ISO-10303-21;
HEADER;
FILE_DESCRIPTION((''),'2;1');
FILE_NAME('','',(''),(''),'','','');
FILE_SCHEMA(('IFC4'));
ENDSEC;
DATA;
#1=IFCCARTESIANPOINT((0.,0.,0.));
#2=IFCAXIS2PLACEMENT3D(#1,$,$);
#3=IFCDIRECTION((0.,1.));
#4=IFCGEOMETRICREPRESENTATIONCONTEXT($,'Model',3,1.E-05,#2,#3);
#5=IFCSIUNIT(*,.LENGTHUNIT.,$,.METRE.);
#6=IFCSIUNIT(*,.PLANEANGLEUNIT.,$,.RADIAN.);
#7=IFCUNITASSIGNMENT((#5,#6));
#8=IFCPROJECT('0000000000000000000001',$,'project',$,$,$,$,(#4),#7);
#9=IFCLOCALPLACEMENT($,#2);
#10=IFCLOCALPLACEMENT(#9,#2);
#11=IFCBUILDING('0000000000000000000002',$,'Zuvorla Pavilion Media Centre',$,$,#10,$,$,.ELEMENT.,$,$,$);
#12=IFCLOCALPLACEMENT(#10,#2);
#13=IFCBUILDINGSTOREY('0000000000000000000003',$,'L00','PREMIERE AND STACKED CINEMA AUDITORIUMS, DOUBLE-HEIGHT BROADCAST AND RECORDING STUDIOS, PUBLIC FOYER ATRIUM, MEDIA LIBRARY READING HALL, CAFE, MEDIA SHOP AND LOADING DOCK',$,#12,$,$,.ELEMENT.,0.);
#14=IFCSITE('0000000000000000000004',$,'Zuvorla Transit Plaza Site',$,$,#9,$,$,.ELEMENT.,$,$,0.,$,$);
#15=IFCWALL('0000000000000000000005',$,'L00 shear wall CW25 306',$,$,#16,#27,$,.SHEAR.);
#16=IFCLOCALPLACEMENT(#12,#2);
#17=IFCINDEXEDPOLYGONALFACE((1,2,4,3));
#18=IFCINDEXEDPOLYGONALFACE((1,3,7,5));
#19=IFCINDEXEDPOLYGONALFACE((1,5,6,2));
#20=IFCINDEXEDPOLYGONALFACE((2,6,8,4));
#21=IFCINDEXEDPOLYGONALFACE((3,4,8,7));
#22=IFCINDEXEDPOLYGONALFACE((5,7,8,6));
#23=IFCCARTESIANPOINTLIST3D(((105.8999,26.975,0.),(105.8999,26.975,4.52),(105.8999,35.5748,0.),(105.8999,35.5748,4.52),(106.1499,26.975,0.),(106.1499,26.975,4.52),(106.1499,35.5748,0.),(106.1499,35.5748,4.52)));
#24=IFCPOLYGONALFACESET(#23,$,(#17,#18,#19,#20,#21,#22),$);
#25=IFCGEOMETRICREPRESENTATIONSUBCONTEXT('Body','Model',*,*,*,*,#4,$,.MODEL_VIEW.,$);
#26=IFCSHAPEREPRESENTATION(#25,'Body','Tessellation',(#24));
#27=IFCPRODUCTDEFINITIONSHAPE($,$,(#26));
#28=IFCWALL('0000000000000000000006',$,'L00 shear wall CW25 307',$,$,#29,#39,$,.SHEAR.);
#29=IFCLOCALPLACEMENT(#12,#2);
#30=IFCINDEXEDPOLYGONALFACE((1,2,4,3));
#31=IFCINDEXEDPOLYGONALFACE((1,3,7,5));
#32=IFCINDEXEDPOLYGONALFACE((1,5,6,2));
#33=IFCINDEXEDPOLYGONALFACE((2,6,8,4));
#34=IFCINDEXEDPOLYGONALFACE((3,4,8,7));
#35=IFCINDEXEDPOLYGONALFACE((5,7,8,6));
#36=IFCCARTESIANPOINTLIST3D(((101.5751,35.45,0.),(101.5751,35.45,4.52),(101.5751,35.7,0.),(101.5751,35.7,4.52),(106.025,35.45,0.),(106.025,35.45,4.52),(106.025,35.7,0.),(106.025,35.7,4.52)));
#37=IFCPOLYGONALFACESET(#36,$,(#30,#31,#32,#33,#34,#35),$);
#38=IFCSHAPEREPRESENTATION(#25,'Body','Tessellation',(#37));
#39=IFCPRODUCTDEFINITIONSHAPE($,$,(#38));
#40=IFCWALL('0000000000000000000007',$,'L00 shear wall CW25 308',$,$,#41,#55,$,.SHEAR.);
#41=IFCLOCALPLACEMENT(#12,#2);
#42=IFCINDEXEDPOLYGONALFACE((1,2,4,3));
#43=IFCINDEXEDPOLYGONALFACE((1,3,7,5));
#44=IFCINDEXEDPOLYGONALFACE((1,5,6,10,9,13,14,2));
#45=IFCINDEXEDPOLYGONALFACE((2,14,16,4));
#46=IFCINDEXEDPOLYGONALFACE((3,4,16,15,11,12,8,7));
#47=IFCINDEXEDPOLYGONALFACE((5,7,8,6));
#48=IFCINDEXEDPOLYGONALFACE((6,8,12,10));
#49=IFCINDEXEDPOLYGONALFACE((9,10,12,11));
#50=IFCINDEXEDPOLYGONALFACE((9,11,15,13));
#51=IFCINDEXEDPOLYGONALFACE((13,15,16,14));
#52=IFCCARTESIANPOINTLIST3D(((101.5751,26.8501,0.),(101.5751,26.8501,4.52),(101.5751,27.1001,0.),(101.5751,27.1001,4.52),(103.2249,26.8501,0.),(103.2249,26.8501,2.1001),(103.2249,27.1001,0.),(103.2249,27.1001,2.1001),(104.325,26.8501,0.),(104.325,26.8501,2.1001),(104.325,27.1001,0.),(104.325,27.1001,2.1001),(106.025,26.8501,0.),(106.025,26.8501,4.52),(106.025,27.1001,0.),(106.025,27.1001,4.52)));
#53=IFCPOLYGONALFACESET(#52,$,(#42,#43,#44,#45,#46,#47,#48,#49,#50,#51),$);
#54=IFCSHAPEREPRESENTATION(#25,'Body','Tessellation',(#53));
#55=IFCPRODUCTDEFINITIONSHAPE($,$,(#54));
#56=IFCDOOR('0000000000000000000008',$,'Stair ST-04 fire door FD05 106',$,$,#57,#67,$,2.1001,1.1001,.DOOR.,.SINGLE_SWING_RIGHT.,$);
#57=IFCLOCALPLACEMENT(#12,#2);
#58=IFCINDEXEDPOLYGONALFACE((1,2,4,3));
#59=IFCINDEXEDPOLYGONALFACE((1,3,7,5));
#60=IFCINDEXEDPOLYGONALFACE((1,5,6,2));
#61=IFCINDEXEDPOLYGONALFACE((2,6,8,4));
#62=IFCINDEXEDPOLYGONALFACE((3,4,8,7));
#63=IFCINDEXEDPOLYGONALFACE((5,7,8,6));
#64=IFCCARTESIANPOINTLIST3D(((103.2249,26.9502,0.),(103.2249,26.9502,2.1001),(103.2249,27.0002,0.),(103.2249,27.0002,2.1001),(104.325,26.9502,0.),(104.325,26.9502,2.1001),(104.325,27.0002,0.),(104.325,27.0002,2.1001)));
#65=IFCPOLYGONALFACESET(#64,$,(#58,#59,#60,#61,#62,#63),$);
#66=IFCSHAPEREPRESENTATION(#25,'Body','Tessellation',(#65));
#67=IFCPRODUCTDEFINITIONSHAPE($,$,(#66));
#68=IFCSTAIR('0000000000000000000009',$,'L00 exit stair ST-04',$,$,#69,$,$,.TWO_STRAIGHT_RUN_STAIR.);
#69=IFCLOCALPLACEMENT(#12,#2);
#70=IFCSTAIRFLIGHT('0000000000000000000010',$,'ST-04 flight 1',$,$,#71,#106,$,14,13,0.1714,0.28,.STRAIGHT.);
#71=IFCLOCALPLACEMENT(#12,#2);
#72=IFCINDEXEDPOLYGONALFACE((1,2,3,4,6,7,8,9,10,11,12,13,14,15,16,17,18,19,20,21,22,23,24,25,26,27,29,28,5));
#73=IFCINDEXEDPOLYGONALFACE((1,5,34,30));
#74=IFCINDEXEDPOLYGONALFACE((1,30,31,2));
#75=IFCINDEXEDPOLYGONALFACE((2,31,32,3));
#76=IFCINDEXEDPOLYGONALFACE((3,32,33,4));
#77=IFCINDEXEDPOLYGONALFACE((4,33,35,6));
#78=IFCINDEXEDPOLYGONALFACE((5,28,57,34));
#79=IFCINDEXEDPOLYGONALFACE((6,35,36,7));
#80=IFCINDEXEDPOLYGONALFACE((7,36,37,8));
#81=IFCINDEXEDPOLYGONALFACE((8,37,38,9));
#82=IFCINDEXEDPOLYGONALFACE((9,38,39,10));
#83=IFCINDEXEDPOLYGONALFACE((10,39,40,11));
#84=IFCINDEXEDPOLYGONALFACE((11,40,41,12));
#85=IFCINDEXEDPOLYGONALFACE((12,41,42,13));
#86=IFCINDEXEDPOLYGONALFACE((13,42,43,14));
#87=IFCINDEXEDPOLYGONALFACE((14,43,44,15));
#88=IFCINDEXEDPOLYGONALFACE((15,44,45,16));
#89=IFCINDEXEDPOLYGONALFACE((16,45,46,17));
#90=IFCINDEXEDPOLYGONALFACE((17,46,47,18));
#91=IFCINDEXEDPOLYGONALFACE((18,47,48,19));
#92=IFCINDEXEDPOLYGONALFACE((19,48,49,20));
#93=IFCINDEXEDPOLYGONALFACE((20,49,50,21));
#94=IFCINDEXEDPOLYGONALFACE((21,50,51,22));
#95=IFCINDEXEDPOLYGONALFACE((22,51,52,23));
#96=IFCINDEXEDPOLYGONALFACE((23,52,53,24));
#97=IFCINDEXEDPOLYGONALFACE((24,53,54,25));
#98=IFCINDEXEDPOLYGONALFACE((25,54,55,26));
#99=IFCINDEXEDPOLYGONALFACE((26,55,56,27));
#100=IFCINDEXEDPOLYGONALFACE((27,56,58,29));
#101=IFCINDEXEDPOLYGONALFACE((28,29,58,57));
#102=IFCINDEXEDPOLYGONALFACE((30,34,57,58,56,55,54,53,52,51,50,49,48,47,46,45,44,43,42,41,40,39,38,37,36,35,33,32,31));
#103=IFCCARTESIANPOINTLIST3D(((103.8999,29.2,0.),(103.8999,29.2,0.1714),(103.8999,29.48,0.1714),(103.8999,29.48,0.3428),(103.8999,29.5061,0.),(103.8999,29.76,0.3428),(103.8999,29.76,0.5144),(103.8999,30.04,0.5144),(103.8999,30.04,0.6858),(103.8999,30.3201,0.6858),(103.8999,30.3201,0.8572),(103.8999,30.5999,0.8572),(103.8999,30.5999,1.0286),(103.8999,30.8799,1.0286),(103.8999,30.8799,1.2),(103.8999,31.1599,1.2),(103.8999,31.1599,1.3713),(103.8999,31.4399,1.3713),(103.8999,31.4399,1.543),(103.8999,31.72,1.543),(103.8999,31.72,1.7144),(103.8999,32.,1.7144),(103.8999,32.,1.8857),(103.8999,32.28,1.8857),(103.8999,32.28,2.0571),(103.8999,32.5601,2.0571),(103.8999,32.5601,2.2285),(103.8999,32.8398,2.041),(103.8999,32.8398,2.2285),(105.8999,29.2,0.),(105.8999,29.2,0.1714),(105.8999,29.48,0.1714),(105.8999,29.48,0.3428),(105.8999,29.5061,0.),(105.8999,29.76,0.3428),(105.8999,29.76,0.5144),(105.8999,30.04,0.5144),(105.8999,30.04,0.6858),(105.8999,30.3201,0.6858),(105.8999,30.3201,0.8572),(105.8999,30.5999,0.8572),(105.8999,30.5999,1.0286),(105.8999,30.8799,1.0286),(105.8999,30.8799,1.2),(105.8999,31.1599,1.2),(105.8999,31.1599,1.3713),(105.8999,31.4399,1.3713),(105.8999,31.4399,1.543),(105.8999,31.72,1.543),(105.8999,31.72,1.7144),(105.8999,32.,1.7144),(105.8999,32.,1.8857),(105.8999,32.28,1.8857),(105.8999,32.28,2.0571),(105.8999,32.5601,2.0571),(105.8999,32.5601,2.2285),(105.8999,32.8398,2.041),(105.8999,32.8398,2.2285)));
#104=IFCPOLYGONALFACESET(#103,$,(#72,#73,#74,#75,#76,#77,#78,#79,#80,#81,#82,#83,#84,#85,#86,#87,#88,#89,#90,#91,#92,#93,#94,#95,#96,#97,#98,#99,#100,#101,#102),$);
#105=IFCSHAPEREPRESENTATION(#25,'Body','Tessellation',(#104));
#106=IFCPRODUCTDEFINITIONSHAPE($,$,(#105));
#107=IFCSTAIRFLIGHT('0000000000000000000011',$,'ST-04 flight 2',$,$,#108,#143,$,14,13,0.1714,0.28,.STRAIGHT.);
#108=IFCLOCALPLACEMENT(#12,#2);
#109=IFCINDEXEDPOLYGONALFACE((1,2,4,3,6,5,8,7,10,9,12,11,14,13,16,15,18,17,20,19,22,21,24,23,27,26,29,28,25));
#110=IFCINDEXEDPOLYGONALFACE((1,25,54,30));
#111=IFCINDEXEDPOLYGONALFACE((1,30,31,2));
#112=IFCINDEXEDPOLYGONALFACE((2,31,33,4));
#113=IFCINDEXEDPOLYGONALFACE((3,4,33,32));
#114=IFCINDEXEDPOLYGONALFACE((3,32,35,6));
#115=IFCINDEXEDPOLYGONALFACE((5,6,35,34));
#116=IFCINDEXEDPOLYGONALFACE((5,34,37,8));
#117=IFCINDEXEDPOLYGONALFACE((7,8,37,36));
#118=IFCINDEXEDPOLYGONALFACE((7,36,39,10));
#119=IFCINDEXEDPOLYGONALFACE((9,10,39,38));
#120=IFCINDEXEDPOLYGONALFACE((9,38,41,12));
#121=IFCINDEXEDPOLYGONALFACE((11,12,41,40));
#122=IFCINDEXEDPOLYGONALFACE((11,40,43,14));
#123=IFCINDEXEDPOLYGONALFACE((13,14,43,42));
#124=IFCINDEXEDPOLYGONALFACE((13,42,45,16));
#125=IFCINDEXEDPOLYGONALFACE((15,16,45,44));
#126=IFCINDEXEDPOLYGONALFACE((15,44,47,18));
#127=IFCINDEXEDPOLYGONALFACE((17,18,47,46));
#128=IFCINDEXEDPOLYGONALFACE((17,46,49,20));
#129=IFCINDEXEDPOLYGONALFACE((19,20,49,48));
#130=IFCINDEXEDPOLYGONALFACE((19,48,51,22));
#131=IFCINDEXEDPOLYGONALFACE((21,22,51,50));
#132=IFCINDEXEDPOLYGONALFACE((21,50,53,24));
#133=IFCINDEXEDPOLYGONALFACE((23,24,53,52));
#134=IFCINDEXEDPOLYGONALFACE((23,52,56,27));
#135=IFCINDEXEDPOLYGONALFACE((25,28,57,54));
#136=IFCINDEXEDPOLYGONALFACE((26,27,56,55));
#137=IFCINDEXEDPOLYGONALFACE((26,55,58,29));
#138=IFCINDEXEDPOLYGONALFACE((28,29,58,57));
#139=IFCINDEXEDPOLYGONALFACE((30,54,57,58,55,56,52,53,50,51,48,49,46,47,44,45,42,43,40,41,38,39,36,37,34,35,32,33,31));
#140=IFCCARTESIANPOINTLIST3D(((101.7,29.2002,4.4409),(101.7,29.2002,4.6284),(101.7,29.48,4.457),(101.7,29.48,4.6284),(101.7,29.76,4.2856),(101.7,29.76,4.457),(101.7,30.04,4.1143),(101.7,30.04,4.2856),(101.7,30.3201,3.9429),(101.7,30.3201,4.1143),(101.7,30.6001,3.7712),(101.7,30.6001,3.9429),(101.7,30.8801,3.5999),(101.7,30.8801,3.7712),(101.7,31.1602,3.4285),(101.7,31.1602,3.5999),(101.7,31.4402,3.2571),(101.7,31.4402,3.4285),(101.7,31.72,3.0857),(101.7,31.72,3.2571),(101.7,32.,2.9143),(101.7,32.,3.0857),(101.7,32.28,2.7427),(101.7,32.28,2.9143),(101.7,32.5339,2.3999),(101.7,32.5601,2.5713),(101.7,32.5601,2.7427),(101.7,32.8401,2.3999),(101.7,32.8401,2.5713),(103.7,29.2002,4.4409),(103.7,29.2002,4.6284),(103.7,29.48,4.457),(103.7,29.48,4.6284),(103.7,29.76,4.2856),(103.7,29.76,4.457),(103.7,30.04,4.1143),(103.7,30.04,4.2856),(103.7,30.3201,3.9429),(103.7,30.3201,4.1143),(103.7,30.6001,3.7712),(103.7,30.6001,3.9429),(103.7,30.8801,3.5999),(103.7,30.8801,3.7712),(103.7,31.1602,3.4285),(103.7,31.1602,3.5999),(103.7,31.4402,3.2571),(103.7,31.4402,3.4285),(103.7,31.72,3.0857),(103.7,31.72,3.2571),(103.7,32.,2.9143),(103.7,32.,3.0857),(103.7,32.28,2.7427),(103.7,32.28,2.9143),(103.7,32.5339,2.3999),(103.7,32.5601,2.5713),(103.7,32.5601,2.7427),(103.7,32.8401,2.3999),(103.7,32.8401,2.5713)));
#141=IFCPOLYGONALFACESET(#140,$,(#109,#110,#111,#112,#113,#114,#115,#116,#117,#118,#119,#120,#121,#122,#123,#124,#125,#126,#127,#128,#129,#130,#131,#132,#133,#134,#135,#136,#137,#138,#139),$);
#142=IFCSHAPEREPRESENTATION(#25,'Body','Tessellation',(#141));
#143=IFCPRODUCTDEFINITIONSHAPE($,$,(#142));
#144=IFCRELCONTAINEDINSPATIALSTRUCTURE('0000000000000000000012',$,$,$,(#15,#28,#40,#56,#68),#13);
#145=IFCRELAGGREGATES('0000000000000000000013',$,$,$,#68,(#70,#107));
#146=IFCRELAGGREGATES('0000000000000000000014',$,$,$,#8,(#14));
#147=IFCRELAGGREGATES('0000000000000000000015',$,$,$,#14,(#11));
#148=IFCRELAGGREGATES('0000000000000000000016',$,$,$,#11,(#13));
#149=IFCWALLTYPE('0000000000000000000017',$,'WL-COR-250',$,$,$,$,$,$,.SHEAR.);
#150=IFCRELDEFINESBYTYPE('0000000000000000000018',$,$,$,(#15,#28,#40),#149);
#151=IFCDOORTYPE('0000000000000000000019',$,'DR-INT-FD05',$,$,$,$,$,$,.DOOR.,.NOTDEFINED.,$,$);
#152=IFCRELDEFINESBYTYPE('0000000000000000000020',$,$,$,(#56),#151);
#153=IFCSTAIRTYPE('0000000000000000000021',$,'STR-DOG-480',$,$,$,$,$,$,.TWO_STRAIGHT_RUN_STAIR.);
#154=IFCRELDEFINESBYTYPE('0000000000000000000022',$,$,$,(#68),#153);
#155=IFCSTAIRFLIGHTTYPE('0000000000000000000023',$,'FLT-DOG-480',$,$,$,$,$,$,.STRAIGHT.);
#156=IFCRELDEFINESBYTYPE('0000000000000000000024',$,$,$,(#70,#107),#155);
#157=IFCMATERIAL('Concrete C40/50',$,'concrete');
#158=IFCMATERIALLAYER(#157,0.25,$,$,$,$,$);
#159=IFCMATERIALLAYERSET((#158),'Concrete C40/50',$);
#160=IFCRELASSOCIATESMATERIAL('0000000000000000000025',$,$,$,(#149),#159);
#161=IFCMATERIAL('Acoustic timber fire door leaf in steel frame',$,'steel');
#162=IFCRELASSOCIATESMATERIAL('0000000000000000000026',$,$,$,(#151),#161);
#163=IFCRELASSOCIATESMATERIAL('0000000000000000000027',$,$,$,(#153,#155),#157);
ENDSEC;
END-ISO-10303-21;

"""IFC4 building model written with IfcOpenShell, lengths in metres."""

from ifc_helpers import new_model, si_unit, direction, frame, frame_2d, origin, place, context, subcontext, project, spatial, polyline, rectangle, outline, extrude, material, layer, layer_set, type_object, element, fill, aggregate, save


model = new_model("IFC4")

# Units and contexts
model_context = context("Model", 3, precision=1e-05, world=origin(), true_north=direction((0.0, 1.0)))
body_context = subcontext(model_context, "Body", "Model", "MODEL_VIEW")
ifc_project = project(units=[si_unit("LENGTHUNIT", "METRE"), si_unit("PLANEANGLEUNIT", "RADIAN")], contexts=[model_context])

# Site, building, storey
site_placement = place(None, origin())
site = spatial("IfcSite", under=ifc_project, at=site_placement, Name="Zuvorla Transit Plaza Site", CompositionType="ELEMENT", RefElevation=0.0)
building_placement = place(site_placement, origin())
building = spatial("IfcBuilding", under=site, at=building_placement, Name="Zuvorla Pavilion Media Centre", CompositionType="ELEMENT")
storey_placement = place(building_placement, origin())
storey = spatial("IfcBuildingStorey", under=building, at=storey_placement, Name="L00", Description="PREMIERE AND STACKED CINEMA AUDITORIUMS, DOUBLE-HEIGHT BROADCAST AND RECORDING STUDIOS, PUBLIC FOYER ATRIUM, MEDIA LIBRARY READING HALL, CAFE, MEDIA SHOP AND LOADING DOCK", CompositionType="ELEMENT", Elevation=0.0)

# Shared definitions
ifc_material_1 = material(Name="Concrete C40/50", Category="concrete")

# Shared definitions
ifc_material_2 = material(Name="Acoustic timber fire door leaf in steel frame", Category="steel")

# Walls
ifc_layer_1 = layer(ifc_material_1, 0.25)
ifc_layer_set_1 = layer_set([ifc_layer_1], Name="Concrete C40/50")
wall_type_1 = type_object("IfcWallType", Name="WL-COR-250", PredefinedType="SHEAR", material=ifc_layer_set_1)
for number, where, z_axis, x_axis, name in (
    (1, (106.0249, 26.9751, 0.0), (0.0, 0.0, 1.0), (0.0, 1.0, 0.0), "L00 shear wall CW25 306"),
):
    element("IfcWall", number, at=place(storey_placement, frame(where, z_axis=z_axis, x_axis=x_axis)), inside=storey, type_object=wall_type_1, Name=name, PredefinedType="SHEAR", context=body_context, shape_type="SweptSolid", body=[
        extrude(rectangle(XDim=8.5999, YDim=0.25, at=frame_2d((4.2998, 0.0))), origin(), (0.0, 0.0, 1.0), 4.52),
    ])
wall_1_placement = place(storey_placement, frame((101.575, 35.575, 0.0), z_axis=(0.0, 0.0, 1.0), x_axis=(1.0, 0.0, 0.0)))
element("IfcWall", 2, at=wall_1_placement, inside=storey, type_object=wall_type_1, Name="L00 shear wall CW25 307", PredefinedType="SHEAR", context=body_context, shape_type="SweptSolid", body=[
    extrude(rectangle(XDim=4.45, YDim=0.25, at=frame_2d((2.2251, 0.0))), origin(), (0.0, 0.0, 1.0), 4.52),
])

# Wall, opening, door
wall_2_placement = place(storey_placement, frame((101.575, 26.9751, 0.0), z_axis=(0.0, 0.0, 1.0), x_axis=(1.0, 0.0, 0.0)))
wall_2 = element("IfcWall", 3, at=wall_2_placement, inside=storey, type_object=wall_type_1, Name="L00 shear wall CW25 308", PredefinedType="SHEAR", context=body_context, shape_type="SweptSolid", body=[
    extrude(rectangle(XDim=4.45, YDim=0.25, at=frame_2d((2.2251, 0.0))), origin(), (0.0, 0.0, 1.0), 4.52),
])
opening_1_placement = place(wall_2_placement, frame((1.6499, 0.0, 0.0)))
opening_1 = element("IfcOpeningElement", 4, at=opening_1_placement, cuts=wall_2, PredefinedType="OPENING", context=body_context, shape_type="SweptSolid", body=[
    extrude(rectangle(XDim=1.1001, YDim=2.1001, at=frame_2d((0.55, 1.05))), frame((0.0, 0.135, 0.0), z_axis=(0.0, -1.0, 0.0), x_axis=(1.0, 0.0, 0.0)), (0.0, 0.0, 1.0), 0.27),
])
door_type_1 = type_object("IfcDoorType", Name="DR-INT-FD05", OperationType="NOTDEFINED", PredefinedType="DOOR", material=ifc_material_2)
door_1_placement = place(opening_1_placement, frame((1.1001, 0.0, 0.0), z_axis=(0.0, 0.0, 1.0), x_axis=(-1.0, 0.0, 0.0)))
door_1 = element("IfcDoor", 5, at=door_1_placement, inside=storey, type_object=door_type_1, Name="Stair ST-04 fire door FD05 106", OperationType="SINGLE_SWING_RIGHT", OverallHeight=2.1001, OverallWidth=1.1001, PredefinedType="DOOR", context=body_context, shape_type="SweptSolid", body=[
    extrude(rectangle(XDim=1.1001, YDim=2.1001, at=frame_2d((0.55, 1.05))), frame((0.0, 0.0249, 0.0), z_axis=(0.0, -1.0, 0.0), x_axis=(1.0, 0.0, 0.0)), (0.0, 0.0, 1.0), 0.05),
])
fill(opening_1, door_1)

# Stair, stair flights
stair_type = type_object("IfcStairType", Name="STR-DOG-480", PredefinedType="TWO_STRAIGHT_RUN_STAIR", material=ifc_material_1)
stair_placement = place(storey_placement, origin())
stair = element("IfcStair", 6, at=stair_placement, inside=storey, type_object=stair_type, Name="L00 exit stair ST-04", PredefinedType="TWO_STRAIGHT_RUN_STAIR")
stair_flight_type = type_object("IfcStairFlightType", Name="FLT-DOG-480", PredefinedType="STRAIGHT", material=ifc_material_1)
stair_flight_1_placement = place(storey_placement, frame((104.8999, 29.2, 0.0), z_axis=(0.0, 0.0, 1.0), x_axis=(0.0, 1.0, 0.0)))
stair_flight_1 = element("IfcStairFlight", 7, at=stair_flight_1_placement, type_object=stair_flight_type, Name="ST-04 flight 1", NumberOfRisers=14, NumberOfTreads=13, PredefinedType="STRAIGHT", RiserHeight=0.1714, TreadLength=0.28, context=body_context, shape_type="SweptSolid", body=[
    extrude(outline(polyline([(0.0, 0.0), (0.0, 0.1714), (0.28, 0.1714), (0.28, 0.3428), (0.5601, 0.3428), (0.5601, 0.5144), (0.8401, 0.5144), (0.8401, 0.6858), (1.1201, 0.6858), (1.1201, 0.8572), (1.3999, 0.8572), (1.3999, 1.0286), (1.6799, 1.0286), (1.6799, 1.2), (1.96, 1.2), (1.96, 1.3713), (2.24, 1.3713), (2.24, 1.543), (2.52, 1.543), (2.52, 1.7144), (2.8, 1.7144), (2.8, 1.8857), (3.0801, 1.8857), (3.0801, 2.0571), (3.3601, 2.0571), (3.3601, 2.2285), (3.6399, 2.2285), (3.6399, 2.3999), (3.6399, 2.041), (0.3062, 0.0), (0.0, 0.0)])), frame((0.0, 1.0, 0.0), z_axis=(0.0, -1.0, 0.0), x_axis=(1.0, 0.0, 0.0)), (0.0, 0.0, 1.0), 2.0),
])
stair_flight_2_placement = place(storey_placement, frame((102.7, 32.8401, 2.3999), z_axis=(0.0, 0.0, 1.0), x_axis=(0.0, -1.0, 0.0)))
stair_flight_2 = element("IfcStairFlight", 8, at=stair_flight_2_placement, type_object=stair_flight_type, Name="ST-04 flight 2", NumberOfRisers=14, NumberOfTreads=13, PredefinedType="STRAIGHT", RiserHeight=0.1714, TreadLength=0.28, context=body_context, shape_type="SweptSolid", body=[
    extrude(outline(polyline([(0.0, 0.0), (0.0, 0.1714), (0.28, 0.1714), (0.28, 0.3428), (0.5601, 0.3428), (0.5601, 0.5144), (0.8401, 0.5144), (0.8401, 0.6858), (1.1201, 0.6858), (1.1201, 0.8572), (1.3999, 0.8572), (1.3999, 1.0286), (1.6799, 1.0286), (1.6799, 1.2), (1.96, 1.2), (1.96, 1.3713), (2.24, 1.3713), (2.24, 1.543), (2.52, 1.543), (2.52, 1.7144), (2.8, 1.7144), (2.8, 1.8857), (3.0801, 1.8857), (3.0801, 2.0571), (3.3601, 2.0571), (3.3601, 2.2285), (3.6399, 2.2285), (3.6399, 2.3999), (3.6399, 2.041), (0.3062, 0.0), (0.0, 0.0)])), frame((0.0, 1.0, 0.0), z_axis=(0.0, -1.0, 0.0), x_axis=(1.0, 0.0, 0.0)), (0.0, 0.0, 1.0), 2.0),
])
aggregate(stair, [stair_flight_1, stair_flight_2])

save(model, "model.ifc")
